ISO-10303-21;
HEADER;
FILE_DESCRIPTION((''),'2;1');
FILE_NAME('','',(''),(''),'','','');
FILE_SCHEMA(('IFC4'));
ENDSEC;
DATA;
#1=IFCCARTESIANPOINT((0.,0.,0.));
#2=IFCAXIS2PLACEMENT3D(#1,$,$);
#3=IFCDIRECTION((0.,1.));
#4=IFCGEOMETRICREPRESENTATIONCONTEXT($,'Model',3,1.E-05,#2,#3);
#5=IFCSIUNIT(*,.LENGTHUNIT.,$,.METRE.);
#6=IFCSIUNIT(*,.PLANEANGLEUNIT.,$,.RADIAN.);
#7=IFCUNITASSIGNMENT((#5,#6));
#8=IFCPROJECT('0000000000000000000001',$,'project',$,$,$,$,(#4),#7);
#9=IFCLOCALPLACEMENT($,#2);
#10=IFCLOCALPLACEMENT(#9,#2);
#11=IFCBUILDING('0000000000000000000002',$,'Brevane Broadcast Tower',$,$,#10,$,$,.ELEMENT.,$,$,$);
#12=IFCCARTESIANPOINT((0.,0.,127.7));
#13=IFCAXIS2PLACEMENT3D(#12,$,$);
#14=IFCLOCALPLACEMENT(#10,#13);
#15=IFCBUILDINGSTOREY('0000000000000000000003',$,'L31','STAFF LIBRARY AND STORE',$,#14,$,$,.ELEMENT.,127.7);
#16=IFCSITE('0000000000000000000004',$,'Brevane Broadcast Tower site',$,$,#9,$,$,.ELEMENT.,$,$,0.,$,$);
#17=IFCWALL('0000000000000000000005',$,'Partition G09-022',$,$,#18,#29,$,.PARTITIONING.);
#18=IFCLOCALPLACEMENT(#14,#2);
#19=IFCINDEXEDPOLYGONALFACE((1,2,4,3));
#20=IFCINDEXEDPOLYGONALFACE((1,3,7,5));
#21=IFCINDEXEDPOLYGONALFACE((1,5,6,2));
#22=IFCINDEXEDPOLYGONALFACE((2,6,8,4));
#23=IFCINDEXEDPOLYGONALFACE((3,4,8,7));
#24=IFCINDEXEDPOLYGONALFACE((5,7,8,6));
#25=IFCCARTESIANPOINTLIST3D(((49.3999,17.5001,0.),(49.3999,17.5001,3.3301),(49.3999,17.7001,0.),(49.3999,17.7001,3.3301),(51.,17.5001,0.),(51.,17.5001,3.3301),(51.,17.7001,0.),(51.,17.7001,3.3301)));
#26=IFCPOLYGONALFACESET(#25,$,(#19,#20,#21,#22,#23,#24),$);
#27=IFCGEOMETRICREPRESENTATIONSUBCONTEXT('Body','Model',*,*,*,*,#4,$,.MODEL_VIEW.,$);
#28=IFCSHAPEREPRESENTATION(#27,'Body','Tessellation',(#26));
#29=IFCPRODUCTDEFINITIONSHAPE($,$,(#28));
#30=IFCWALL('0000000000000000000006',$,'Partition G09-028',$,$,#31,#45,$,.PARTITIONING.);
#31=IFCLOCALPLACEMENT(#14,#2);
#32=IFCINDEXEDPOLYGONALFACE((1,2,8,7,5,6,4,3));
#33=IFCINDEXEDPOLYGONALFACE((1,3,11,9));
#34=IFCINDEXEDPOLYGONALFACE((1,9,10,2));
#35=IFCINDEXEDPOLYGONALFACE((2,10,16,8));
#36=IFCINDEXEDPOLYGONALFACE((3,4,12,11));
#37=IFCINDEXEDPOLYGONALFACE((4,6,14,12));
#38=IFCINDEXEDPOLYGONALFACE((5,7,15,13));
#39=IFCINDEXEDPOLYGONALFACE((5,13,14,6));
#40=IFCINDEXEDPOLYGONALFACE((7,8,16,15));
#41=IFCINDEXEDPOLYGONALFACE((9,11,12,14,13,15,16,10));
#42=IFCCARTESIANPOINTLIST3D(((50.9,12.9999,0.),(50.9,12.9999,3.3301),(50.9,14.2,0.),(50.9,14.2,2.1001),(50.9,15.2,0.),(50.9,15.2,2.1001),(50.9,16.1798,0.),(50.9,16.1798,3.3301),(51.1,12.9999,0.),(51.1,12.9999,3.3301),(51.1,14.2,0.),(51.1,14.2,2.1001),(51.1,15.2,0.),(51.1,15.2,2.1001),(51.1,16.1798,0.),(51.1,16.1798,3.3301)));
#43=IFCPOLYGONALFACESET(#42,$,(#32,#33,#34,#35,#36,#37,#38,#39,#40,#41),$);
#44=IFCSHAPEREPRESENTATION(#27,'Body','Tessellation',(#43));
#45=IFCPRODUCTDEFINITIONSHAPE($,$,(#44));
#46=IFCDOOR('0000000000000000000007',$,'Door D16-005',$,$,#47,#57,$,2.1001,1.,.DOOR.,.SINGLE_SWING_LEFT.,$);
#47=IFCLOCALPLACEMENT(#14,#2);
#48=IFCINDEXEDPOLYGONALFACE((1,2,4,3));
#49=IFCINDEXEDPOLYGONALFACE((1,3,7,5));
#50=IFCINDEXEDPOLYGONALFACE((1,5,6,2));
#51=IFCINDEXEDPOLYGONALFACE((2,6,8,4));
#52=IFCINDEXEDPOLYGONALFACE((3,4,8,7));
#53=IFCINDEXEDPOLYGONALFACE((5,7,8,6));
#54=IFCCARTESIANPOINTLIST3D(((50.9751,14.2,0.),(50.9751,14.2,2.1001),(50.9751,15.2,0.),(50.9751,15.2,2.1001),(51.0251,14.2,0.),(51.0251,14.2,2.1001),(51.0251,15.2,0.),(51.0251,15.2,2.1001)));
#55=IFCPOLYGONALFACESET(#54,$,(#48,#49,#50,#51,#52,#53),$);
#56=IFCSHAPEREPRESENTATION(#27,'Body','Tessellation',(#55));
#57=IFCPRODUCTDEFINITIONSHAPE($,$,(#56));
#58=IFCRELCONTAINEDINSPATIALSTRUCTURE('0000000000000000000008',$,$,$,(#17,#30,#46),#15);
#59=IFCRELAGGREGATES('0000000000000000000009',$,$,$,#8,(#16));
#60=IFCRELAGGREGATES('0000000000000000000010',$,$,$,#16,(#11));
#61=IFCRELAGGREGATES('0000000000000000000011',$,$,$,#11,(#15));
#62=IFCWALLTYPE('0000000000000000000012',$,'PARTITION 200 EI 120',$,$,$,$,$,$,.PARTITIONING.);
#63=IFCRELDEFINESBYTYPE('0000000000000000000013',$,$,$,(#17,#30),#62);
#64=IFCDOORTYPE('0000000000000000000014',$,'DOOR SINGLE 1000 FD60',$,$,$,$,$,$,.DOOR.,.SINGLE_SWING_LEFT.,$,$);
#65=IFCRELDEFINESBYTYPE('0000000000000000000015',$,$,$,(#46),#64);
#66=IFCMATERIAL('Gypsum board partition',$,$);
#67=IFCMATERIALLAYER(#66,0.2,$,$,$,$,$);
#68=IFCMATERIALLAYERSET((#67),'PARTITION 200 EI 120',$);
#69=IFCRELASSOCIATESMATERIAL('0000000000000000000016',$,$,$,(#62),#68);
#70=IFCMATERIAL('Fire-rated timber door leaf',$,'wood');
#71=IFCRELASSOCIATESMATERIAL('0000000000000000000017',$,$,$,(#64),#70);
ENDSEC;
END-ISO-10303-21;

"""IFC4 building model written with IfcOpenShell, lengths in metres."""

from ifc_helpers import new_model, si_unit, direction, frame, frame_2d, origin, place, context, subcontext, project, spatial, rectangle, extrude, material, layer, layer_set, type_object, element, fill, save


model = new_model("IFC4")

# Units and contexts
model_context = context("Model", 3, precision=1e-05, world=origin(), true_north=direction((0.0, 1.0)))
body_context = subcontext(model_context, "Body", "Model", "MODEL_VIEW")
ifc_project = project(units=[si_unit("LENGTHUNIT", "METRE"), si_unit("PLANEANGLEUNIT", "RADIAN")], contexts=[model_context])

# Site, building, storey
site_placement = place(None, origin())
site = spatial("IfcSite", under=ifc_project, at=site_placement, Name="Brevane Broadcast Tower site", CompositionType="ELEMENT", RefElevation=0.0)
building_placement = place(site_placement, origin())
building = spatial("IfcBuilding", under=site, at=building_placement, Name="Brevane Broadcast Tower", CompositionType="ELEMENT")
storey_placement = place(building_placement, frame((0.0, 0.0, 127.7)))
storey = spatial("IfcBuildingStorey", under=building, at=storey_placement, Name="L31", Description="STAFF LIBRARY AND STORE", CompositionType="ELEMENT", Elevation=127.7)

# Shared definitions
ifc_material_1 = material(Name="Gypsum board partition")

# Shared definitions
ifc_material_2 = material(Name="Fire-rated timber door leaf", Category="wood")

# Wall
ifc_layer_1 = layer(ifc_material_1, 0.2)
ifc_layer_set_1 = layer_set([ifc_layer_1], Name="PARTITION 200 EI 120")
wall_type_1 = type_object("IfcWallType", Name="PARTITION 200 EI 120", PredefinedType="PARTITIONING", material=ifc_layer_set_1)
wall_1_placement = place(storey_placement, frame((51.0, 17.6001, 0.0), z_axis=(0.0, 0.0, 1.0), x_axis=(-1.0, 0.0, 0.0)))
element("IfcWall", 1, at=wall_1_placement, inside=storey, type_object=wall_type_1, Name="Partition G09-022", PredefinedType="PARTITIONING", context=body_context, shape_type="SweptSolid", body=[
    extrude(rectangle(XDim=1.6001, YDim=0.2, at=frame_2d((0.8, 0.0))), origin(), (0.0, 0.0, 1.0), 3.3301),
])

# Wall, opening, door
wall_2_placement = place(storey_placement, frame((51.0, 13.0, 0.0), z_axis=(0.0, 0.0, 1.0), x_axis=(0.0, 1.0, 0.0)))
wall_2 = element("IfcWall", 2, at=wall_2_placement, inside=storey, type_object=wall_type_1, Name="Partition G09-028", PredefinedType="PARTITIONING", context=body_context, shape_type="SweptSolid", body=[
    extrude(rectangle(XDim=3.1799, YDim=0.2, at=frame_2d((1.5898, 0.0))), origin(), (0.0, 0.0, 1.0), 3.3301),
])
opening_1_placement = place(wall_2_placement, frame((1.2, 0.0, 0.0)))
opening_1 = element("IfcOpeningElement", 3, at=opening_1_placement, cuts=wall_2, PredefinedType="OPENING", context=body_context, shape_type="SweptSolid", body=[
    extrude(rectangle(XDim=1.0, YDim=2.1001, at=frame_2d((0.5, 1.05))), frame((0.0, 0.1099, 0.0), z_axis=(0.0, -1.0, 0.0), x_axis=(1.0, 0.0, 0.0)), (0.0, 0.0, 1.0), 0.22),
])
door_type_1 = type_object("IfcDoorType", Name="DOOR SINGLE 1000 FD60", OperationType="SINGLE_SWING_LEFT", PredefinedType="DOOR", material=ifc_material_2)
door_1_placement = place(opening_1_placement, origin())
door_1 = element("IfcDoor", 4, at=door_1_placement, inside=storey, type_object=door_type_1, Name="Door D16-005", OperationType="SINGLE_SWING_LEFT", OverallHeight=2.1001, OverallWidth=1.0, PredefinedType="DOOR", context=body_context, shape_type="SweptSolid", body=[
    extrude(rectangle(XDim=1.0, YDim=2.1001, at=frame_2d((0.5, 1.05))), frame((0.0, 0.0249, 0.0), z_axis=(0.0, -1.0, 0.0), x_axis=(1.0, 0.0, 0.0)), (0.0, 0.0, 1.0), 0.05),
])
fill(opening_1, door_1)

save(model, "model.ifc")
